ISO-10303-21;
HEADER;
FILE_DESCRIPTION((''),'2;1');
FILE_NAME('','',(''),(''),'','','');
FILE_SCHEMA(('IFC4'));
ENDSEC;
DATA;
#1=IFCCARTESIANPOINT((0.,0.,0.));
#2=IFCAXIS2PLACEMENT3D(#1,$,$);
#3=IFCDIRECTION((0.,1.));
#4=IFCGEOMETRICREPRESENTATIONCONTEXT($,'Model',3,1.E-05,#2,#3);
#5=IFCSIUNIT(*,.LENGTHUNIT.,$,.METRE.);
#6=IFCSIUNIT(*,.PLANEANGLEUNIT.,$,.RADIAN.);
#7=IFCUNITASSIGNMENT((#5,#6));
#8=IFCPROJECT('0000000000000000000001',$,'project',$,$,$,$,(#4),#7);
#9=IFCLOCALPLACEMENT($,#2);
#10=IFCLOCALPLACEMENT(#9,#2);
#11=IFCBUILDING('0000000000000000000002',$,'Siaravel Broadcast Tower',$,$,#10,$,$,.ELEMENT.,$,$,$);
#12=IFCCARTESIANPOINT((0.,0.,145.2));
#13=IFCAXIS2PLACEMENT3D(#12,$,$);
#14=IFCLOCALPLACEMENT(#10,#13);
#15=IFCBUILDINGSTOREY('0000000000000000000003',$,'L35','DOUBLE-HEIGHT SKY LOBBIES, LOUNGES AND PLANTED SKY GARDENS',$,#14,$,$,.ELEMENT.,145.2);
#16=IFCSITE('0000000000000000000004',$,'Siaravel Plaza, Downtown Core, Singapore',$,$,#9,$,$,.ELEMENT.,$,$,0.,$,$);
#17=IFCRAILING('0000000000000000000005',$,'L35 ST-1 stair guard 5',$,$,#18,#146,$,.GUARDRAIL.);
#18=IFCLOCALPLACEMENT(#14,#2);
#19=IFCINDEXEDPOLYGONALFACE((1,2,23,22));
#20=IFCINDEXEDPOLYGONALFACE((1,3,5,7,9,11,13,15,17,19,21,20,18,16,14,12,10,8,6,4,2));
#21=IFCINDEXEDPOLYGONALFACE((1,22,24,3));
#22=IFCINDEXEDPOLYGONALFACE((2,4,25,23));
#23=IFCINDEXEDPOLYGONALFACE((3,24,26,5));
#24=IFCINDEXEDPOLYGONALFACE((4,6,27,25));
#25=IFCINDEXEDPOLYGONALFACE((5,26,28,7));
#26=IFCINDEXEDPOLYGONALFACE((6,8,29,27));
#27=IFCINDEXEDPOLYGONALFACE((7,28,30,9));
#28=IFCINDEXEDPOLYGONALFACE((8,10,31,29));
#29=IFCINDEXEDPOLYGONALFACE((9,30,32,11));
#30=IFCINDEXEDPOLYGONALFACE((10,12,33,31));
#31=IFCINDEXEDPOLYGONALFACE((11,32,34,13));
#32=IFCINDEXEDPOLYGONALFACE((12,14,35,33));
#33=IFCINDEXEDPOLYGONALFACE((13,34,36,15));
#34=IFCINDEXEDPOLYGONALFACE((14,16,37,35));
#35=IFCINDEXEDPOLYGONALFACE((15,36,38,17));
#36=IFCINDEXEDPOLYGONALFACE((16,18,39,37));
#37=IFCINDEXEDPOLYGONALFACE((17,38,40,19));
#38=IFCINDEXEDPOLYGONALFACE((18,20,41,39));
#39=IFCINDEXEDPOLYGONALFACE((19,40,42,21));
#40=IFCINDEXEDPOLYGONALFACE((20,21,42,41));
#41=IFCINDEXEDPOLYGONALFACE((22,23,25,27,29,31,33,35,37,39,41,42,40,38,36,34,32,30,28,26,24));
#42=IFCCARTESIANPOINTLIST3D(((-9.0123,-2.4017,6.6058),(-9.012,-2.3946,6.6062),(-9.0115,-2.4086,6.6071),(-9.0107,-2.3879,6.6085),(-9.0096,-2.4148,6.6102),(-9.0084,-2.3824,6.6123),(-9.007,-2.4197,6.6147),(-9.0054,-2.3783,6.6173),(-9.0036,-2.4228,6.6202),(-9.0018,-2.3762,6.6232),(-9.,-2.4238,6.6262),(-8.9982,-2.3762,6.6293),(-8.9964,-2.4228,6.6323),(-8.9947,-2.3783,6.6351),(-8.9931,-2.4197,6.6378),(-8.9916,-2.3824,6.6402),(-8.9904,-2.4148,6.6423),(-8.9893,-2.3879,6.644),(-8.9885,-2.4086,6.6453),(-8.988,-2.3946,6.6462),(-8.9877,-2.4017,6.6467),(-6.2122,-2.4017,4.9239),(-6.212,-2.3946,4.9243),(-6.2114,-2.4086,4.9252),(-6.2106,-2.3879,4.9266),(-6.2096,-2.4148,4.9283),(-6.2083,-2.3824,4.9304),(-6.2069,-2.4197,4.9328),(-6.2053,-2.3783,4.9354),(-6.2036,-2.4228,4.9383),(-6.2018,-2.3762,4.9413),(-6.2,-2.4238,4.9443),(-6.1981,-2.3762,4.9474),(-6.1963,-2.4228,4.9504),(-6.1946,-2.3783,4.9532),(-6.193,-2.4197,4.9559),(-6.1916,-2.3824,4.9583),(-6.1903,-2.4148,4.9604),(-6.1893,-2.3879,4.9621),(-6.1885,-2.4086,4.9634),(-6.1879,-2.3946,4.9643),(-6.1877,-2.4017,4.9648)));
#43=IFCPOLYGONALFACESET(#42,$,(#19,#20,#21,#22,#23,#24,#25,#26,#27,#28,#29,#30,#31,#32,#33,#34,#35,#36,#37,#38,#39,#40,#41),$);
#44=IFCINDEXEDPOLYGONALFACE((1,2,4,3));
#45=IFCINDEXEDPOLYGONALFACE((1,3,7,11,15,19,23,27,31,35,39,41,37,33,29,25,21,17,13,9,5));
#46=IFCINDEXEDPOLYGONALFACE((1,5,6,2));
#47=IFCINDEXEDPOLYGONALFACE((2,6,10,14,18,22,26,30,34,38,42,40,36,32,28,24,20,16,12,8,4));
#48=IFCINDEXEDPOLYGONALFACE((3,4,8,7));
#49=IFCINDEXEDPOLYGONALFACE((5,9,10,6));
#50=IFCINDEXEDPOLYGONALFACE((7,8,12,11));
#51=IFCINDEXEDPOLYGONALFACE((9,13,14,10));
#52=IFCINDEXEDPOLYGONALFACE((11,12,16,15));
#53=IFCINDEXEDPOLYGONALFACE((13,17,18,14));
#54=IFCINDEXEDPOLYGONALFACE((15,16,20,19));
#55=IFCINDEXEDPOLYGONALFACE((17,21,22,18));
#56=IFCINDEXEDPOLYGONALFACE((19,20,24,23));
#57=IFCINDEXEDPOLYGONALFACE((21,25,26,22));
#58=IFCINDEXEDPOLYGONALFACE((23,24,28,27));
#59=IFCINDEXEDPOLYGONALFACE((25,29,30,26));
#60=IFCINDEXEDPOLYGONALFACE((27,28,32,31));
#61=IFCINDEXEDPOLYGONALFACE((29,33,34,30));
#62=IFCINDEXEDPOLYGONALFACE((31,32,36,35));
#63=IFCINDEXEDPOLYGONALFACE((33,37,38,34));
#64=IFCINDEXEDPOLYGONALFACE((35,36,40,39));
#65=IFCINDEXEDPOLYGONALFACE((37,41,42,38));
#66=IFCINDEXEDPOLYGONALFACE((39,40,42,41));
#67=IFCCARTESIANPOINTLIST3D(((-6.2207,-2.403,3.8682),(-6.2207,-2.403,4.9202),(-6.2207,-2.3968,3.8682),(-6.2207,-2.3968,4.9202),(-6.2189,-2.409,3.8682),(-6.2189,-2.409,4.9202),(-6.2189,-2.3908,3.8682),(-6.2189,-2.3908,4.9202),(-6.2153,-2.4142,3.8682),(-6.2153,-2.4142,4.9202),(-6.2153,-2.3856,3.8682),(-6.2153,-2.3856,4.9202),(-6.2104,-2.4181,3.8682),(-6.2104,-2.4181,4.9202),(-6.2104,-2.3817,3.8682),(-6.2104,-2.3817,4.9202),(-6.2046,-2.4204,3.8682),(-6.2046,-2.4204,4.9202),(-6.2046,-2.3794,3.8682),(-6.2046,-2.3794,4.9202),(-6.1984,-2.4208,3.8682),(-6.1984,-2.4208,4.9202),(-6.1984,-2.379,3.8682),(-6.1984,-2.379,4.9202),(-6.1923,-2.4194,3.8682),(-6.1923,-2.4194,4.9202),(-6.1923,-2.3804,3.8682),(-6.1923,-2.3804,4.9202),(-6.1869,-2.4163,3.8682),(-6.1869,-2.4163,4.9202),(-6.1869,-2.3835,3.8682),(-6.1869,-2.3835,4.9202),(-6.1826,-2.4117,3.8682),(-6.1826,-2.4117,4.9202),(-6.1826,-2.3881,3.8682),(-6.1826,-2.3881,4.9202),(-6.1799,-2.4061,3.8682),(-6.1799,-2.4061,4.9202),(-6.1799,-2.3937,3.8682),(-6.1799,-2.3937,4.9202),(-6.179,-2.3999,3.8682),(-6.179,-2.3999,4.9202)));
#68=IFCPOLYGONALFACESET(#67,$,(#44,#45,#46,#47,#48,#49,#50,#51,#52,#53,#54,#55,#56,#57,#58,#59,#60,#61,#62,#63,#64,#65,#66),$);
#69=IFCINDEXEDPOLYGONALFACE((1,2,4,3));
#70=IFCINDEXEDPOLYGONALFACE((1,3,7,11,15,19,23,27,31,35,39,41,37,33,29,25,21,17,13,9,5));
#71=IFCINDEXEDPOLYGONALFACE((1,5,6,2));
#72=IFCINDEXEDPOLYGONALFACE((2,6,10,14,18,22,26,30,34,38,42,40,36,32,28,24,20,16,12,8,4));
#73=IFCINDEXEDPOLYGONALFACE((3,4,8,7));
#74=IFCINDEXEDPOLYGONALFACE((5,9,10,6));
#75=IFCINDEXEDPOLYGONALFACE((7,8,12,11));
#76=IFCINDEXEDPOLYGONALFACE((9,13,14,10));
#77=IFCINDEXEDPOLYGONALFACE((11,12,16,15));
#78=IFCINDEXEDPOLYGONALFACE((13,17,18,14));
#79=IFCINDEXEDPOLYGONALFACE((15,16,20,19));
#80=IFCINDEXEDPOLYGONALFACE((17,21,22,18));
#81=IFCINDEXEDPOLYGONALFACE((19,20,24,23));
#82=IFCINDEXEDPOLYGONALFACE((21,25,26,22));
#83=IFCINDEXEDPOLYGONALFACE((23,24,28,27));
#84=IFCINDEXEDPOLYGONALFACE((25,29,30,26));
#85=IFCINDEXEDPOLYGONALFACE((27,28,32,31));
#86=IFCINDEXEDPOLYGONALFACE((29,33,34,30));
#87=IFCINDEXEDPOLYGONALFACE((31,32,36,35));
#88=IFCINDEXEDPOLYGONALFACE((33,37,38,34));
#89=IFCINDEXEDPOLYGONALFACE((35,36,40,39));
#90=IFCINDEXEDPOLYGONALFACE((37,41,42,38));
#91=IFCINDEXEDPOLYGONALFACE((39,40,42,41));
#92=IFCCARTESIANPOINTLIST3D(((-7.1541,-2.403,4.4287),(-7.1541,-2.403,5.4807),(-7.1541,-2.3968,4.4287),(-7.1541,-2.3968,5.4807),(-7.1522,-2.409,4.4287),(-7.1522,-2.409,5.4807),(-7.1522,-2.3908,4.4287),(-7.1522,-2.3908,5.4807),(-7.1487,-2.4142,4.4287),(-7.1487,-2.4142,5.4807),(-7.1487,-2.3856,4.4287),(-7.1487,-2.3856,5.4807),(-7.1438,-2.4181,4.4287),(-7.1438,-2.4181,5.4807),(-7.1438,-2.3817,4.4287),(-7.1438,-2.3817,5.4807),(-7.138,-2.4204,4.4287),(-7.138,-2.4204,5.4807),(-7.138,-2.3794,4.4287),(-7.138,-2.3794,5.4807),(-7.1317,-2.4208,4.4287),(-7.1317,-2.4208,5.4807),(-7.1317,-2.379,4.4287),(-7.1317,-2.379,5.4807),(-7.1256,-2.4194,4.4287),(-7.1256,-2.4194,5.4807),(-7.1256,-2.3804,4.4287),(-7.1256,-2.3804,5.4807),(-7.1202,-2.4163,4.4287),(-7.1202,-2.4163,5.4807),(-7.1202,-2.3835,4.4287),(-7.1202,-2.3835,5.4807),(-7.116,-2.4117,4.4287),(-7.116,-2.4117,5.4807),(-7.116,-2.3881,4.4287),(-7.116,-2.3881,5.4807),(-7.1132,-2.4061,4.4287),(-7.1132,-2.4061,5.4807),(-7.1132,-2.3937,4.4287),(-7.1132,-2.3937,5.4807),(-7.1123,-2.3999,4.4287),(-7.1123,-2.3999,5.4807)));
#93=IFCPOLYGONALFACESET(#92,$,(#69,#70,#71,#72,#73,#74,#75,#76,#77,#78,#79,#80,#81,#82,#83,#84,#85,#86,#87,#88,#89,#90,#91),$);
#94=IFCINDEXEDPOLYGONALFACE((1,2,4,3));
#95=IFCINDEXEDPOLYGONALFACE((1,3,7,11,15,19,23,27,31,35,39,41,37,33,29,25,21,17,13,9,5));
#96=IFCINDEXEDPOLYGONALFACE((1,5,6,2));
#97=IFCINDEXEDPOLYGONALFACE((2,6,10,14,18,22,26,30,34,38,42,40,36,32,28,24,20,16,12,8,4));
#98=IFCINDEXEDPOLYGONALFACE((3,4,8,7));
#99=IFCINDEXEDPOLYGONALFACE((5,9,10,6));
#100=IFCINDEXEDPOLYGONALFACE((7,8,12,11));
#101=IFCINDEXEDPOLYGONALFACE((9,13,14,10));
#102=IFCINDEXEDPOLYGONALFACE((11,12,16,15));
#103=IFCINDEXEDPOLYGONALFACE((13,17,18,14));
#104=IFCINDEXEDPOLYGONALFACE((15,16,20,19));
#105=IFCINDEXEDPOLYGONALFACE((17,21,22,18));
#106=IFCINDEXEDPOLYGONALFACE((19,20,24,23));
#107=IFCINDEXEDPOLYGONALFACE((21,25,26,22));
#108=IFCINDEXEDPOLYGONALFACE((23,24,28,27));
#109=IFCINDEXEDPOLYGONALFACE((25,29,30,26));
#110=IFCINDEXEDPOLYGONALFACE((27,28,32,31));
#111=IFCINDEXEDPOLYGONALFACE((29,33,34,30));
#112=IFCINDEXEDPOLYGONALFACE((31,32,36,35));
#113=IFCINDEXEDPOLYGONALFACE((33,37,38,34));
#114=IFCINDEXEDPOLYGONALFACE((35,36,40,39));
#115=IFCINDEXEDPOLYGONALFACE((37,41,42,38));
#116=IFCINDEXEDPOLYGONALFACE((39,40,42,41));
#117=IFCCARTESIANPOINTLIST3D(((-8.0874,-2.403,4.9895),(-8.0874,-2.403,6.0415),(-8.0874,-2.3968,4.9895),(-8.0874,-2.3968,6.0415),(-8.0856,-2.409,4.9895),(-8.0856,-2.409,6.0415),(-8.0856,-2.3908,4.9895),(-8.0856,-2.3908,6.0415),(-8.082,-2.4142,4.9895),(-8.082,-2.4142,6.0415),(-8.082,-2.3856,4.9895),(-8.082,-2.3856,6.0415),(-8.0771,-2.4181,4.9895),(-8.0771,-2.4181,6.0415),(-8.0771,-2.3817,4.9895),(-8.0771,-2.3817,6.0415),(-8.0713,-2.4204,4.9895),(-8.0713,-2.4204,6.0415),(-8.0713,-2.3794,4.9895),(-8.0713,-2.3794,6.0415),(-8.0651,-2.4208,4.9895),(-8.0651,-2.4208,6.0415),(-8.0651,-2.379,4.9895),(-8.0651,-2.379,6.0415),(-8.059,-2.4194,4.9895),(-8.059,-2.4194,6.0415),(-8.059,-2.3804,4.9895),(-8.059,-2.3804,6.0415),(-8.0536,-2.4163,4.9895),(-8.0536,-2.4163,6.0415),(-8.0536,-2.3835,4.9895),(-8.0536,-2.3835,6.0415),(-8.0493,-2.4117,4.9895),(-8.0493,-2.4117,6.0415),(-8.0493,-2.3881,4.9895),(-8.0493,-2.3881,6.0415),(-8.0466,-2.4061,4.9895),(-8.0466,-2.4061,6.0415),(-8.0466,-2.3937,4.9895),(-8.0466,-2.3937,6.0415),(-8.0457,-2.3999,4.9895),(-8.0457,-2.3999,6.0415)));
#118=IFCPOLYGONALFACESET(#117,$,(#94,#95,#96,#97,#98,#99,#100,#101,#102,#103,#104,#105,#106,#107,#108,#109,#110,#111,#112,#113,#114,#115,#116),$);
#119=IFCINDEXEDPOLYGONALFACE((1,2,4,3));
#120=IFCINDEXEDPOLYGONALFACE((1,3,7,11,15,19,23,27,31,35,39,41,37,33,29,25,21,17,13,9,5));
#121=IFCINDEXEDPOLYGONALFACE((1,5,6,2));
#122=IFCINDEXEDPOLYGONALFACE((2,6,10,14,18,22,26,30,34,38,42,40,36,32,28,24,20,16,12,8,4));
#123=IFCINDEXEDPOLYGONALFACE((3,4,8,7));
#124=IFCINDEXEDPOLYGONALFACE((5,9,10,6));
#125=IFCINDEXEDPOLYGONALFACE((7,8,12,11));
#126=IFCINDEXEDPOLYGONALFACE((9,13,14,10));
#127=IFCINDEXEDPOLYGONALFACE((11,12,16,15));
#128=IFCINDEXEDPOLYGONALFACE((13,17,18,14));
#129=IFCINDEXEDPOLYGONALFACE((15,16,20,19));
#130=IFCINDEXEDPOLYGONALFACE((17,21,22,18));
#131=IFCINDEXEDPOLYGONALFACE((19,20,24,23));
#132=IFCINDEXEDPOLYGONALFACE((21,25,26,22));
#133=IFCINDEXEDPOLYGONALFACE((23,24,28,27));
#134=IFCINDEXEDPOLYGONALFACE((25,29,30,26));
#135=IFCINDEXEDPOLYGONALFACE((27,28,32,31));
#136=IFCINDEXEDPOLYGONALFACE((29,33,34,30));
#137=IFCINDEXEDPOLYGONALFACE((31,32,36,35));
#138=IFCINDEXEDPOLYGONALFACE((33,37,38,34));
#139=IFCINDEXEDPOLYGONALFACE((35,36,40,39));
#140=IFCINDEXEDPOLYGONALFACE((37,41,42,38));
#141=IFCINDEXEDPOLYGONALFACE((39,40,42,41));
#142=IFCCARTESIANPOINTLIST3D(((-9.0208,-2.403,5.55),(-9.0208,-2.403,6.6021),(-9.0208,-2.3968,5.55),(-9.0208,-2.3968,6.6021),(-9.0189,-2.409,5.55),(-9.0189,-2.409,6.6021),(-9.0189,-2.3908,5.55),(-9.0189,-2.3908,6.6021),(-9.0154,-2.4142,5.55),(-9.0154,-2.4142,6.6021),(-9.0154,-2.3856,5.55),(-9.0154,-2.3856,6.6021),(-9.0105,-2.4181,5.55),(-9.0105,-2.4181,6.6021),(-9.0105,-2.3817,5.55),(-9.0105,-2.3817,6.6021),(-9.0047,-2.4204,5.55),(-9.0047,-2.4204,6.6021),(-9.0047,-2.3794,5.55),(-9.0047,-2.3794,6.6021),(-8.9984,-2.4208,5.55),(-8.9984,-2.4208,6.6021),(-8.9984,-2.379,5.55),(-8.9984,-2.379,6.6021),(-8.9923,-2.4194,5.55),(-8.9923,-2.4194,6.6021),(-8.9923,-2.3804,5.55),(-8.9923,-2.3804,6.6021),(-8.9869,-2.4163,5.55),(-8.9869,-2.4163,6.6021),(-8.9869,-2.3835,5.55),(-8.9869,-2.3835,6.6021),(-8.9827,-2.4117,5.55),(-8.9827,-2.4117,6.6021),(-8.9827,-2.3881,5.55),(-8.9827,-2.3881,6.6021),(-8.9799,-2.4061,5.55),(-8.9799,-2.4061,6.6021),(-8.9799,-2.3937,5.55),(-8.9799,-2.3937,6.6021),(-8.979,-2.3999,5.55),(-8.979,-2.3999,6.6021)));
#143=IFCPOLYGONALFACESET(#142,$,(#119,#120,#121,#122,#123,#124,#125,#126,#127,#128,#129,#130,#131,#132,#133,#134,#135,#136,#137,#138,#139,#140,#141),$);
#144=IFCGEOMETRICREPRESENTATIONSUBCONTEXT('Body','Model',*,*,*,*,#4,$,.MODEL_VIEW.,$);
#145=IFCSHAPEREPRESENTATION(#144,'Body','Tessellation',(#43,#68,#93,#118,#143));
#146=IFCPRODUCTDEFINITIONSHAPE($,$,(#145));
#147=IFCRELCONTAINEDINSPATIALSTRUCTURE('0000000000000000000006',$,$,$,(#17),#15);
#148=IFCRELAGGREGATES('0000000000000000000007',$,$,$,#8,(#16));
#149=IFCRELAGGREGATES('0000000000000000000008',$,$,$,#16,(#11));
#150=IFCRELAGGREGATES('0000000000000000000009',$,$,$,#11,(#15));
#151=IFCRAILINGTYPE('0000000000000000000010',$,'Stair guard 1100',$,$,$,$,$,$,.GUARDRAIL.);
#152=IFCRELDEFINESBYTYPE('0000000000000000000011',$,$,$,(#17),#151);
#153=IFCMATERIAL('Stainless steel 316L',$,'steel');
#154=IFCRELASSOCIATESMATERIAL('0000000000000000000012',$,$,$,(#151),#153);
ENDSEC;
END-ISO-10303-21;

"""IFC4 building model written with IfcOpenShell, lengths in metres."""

from ifc_helpers import new_model, si_unit, direction, frame, origin, origin_2d, place, context, subcontext, project, spatial, circle, extrude, material, type_object, element, save


model = new_model("IFC4")

# Units and contexts
model_context = context("Model", 3, precision=1e-05, world=origin(), true_north=direction((0.0, 1.0)))
body_context = subcontext(model_context, "Body", "Model", "MODEL_VIEW")
ifc_project = project(units=[si_unit("LENGTHUNIT", "METRE"), si_unit("PLANEANGLEUNIT", "RADIAN")], contexts=[model_context])

# Site, building, storey
site_placement = place(None, origin())
site = spatial("IfcSite", under=ifc_project, at=site_placement, Name="Siaravel Plaza, Downtown Core, Singapore", CompositionType="ELEMENT", RefElevation=0.0)
building_placement = place(site_placement, origin())
building = spatial("IfcBuilding", under=site, at=building_placement, Name="Siaravel Broadcast Tower", CompositionType="ELEMENT")
storey_placement = place(building_placement, frame((0.0, 0.0, 145.2)))
storey = spatial("IfcBuildingStorey", under=building, at=storey_placement, Name="L35", Description="DOUBLE-HEIGHT SKY LOBBIES, LOUNGES AND PLANTED SKY GARDENS", CompositionType="ELEMENT", Elevation=145.2)

# Railing
ifc_material_1 = material(Name="Stainless steel 316L", Category="steel")
railing_type_1 = type_object("IfcRailingType", Name="Stair guard 1100", PredefinedType="GUARDRAIL", material=ifc_material_1)
railing_1_placement = place(storey_placement, frame((-6.2, -2.3999, 3.8682)))
element("IfcRailing", 1, at=railing_1_placement, inside=storey, type_object=railing_type_1, Name="L35 ST-1 stair guard 5", PredefinedType="GUARDRAIL", context=body_context, shape_type="SweptSolid", body=[
    extrude(circle(Radius=0.0239, at=origin_2d()), frame((0.0, 0.0, 1.0762), z_axis=(-0.857242, 0.0, 0.514913), x_axis=(0.0, -1.0, 0.0)), (0.0, 0.0, 1.0), 3.2664),
    extrude(circle(Radius=0.021, at=origin_2d()), origin(), (0.0, 0.0, 1.0), 1.052),
    extrude(circle(Radius=0.021, at=origin_2d()), frame((-0.9333, 0.0, 0.5605)), (0.0, 0.0, 1.0), 1.052),
    extrude(circle(Radius=0.021, at=origin_2d()), frame((-1.8667, 0.0, 1.1213)), (0.0, 0.0, 1.0), 1.052),
    extrude(circle(Radius=0.021, at=origin_2d()), frame((-2.8, 0.0, 1.6819)), (0.0, 0.0, 1.0), 1.052),
])

save(model, "model.ifc")
